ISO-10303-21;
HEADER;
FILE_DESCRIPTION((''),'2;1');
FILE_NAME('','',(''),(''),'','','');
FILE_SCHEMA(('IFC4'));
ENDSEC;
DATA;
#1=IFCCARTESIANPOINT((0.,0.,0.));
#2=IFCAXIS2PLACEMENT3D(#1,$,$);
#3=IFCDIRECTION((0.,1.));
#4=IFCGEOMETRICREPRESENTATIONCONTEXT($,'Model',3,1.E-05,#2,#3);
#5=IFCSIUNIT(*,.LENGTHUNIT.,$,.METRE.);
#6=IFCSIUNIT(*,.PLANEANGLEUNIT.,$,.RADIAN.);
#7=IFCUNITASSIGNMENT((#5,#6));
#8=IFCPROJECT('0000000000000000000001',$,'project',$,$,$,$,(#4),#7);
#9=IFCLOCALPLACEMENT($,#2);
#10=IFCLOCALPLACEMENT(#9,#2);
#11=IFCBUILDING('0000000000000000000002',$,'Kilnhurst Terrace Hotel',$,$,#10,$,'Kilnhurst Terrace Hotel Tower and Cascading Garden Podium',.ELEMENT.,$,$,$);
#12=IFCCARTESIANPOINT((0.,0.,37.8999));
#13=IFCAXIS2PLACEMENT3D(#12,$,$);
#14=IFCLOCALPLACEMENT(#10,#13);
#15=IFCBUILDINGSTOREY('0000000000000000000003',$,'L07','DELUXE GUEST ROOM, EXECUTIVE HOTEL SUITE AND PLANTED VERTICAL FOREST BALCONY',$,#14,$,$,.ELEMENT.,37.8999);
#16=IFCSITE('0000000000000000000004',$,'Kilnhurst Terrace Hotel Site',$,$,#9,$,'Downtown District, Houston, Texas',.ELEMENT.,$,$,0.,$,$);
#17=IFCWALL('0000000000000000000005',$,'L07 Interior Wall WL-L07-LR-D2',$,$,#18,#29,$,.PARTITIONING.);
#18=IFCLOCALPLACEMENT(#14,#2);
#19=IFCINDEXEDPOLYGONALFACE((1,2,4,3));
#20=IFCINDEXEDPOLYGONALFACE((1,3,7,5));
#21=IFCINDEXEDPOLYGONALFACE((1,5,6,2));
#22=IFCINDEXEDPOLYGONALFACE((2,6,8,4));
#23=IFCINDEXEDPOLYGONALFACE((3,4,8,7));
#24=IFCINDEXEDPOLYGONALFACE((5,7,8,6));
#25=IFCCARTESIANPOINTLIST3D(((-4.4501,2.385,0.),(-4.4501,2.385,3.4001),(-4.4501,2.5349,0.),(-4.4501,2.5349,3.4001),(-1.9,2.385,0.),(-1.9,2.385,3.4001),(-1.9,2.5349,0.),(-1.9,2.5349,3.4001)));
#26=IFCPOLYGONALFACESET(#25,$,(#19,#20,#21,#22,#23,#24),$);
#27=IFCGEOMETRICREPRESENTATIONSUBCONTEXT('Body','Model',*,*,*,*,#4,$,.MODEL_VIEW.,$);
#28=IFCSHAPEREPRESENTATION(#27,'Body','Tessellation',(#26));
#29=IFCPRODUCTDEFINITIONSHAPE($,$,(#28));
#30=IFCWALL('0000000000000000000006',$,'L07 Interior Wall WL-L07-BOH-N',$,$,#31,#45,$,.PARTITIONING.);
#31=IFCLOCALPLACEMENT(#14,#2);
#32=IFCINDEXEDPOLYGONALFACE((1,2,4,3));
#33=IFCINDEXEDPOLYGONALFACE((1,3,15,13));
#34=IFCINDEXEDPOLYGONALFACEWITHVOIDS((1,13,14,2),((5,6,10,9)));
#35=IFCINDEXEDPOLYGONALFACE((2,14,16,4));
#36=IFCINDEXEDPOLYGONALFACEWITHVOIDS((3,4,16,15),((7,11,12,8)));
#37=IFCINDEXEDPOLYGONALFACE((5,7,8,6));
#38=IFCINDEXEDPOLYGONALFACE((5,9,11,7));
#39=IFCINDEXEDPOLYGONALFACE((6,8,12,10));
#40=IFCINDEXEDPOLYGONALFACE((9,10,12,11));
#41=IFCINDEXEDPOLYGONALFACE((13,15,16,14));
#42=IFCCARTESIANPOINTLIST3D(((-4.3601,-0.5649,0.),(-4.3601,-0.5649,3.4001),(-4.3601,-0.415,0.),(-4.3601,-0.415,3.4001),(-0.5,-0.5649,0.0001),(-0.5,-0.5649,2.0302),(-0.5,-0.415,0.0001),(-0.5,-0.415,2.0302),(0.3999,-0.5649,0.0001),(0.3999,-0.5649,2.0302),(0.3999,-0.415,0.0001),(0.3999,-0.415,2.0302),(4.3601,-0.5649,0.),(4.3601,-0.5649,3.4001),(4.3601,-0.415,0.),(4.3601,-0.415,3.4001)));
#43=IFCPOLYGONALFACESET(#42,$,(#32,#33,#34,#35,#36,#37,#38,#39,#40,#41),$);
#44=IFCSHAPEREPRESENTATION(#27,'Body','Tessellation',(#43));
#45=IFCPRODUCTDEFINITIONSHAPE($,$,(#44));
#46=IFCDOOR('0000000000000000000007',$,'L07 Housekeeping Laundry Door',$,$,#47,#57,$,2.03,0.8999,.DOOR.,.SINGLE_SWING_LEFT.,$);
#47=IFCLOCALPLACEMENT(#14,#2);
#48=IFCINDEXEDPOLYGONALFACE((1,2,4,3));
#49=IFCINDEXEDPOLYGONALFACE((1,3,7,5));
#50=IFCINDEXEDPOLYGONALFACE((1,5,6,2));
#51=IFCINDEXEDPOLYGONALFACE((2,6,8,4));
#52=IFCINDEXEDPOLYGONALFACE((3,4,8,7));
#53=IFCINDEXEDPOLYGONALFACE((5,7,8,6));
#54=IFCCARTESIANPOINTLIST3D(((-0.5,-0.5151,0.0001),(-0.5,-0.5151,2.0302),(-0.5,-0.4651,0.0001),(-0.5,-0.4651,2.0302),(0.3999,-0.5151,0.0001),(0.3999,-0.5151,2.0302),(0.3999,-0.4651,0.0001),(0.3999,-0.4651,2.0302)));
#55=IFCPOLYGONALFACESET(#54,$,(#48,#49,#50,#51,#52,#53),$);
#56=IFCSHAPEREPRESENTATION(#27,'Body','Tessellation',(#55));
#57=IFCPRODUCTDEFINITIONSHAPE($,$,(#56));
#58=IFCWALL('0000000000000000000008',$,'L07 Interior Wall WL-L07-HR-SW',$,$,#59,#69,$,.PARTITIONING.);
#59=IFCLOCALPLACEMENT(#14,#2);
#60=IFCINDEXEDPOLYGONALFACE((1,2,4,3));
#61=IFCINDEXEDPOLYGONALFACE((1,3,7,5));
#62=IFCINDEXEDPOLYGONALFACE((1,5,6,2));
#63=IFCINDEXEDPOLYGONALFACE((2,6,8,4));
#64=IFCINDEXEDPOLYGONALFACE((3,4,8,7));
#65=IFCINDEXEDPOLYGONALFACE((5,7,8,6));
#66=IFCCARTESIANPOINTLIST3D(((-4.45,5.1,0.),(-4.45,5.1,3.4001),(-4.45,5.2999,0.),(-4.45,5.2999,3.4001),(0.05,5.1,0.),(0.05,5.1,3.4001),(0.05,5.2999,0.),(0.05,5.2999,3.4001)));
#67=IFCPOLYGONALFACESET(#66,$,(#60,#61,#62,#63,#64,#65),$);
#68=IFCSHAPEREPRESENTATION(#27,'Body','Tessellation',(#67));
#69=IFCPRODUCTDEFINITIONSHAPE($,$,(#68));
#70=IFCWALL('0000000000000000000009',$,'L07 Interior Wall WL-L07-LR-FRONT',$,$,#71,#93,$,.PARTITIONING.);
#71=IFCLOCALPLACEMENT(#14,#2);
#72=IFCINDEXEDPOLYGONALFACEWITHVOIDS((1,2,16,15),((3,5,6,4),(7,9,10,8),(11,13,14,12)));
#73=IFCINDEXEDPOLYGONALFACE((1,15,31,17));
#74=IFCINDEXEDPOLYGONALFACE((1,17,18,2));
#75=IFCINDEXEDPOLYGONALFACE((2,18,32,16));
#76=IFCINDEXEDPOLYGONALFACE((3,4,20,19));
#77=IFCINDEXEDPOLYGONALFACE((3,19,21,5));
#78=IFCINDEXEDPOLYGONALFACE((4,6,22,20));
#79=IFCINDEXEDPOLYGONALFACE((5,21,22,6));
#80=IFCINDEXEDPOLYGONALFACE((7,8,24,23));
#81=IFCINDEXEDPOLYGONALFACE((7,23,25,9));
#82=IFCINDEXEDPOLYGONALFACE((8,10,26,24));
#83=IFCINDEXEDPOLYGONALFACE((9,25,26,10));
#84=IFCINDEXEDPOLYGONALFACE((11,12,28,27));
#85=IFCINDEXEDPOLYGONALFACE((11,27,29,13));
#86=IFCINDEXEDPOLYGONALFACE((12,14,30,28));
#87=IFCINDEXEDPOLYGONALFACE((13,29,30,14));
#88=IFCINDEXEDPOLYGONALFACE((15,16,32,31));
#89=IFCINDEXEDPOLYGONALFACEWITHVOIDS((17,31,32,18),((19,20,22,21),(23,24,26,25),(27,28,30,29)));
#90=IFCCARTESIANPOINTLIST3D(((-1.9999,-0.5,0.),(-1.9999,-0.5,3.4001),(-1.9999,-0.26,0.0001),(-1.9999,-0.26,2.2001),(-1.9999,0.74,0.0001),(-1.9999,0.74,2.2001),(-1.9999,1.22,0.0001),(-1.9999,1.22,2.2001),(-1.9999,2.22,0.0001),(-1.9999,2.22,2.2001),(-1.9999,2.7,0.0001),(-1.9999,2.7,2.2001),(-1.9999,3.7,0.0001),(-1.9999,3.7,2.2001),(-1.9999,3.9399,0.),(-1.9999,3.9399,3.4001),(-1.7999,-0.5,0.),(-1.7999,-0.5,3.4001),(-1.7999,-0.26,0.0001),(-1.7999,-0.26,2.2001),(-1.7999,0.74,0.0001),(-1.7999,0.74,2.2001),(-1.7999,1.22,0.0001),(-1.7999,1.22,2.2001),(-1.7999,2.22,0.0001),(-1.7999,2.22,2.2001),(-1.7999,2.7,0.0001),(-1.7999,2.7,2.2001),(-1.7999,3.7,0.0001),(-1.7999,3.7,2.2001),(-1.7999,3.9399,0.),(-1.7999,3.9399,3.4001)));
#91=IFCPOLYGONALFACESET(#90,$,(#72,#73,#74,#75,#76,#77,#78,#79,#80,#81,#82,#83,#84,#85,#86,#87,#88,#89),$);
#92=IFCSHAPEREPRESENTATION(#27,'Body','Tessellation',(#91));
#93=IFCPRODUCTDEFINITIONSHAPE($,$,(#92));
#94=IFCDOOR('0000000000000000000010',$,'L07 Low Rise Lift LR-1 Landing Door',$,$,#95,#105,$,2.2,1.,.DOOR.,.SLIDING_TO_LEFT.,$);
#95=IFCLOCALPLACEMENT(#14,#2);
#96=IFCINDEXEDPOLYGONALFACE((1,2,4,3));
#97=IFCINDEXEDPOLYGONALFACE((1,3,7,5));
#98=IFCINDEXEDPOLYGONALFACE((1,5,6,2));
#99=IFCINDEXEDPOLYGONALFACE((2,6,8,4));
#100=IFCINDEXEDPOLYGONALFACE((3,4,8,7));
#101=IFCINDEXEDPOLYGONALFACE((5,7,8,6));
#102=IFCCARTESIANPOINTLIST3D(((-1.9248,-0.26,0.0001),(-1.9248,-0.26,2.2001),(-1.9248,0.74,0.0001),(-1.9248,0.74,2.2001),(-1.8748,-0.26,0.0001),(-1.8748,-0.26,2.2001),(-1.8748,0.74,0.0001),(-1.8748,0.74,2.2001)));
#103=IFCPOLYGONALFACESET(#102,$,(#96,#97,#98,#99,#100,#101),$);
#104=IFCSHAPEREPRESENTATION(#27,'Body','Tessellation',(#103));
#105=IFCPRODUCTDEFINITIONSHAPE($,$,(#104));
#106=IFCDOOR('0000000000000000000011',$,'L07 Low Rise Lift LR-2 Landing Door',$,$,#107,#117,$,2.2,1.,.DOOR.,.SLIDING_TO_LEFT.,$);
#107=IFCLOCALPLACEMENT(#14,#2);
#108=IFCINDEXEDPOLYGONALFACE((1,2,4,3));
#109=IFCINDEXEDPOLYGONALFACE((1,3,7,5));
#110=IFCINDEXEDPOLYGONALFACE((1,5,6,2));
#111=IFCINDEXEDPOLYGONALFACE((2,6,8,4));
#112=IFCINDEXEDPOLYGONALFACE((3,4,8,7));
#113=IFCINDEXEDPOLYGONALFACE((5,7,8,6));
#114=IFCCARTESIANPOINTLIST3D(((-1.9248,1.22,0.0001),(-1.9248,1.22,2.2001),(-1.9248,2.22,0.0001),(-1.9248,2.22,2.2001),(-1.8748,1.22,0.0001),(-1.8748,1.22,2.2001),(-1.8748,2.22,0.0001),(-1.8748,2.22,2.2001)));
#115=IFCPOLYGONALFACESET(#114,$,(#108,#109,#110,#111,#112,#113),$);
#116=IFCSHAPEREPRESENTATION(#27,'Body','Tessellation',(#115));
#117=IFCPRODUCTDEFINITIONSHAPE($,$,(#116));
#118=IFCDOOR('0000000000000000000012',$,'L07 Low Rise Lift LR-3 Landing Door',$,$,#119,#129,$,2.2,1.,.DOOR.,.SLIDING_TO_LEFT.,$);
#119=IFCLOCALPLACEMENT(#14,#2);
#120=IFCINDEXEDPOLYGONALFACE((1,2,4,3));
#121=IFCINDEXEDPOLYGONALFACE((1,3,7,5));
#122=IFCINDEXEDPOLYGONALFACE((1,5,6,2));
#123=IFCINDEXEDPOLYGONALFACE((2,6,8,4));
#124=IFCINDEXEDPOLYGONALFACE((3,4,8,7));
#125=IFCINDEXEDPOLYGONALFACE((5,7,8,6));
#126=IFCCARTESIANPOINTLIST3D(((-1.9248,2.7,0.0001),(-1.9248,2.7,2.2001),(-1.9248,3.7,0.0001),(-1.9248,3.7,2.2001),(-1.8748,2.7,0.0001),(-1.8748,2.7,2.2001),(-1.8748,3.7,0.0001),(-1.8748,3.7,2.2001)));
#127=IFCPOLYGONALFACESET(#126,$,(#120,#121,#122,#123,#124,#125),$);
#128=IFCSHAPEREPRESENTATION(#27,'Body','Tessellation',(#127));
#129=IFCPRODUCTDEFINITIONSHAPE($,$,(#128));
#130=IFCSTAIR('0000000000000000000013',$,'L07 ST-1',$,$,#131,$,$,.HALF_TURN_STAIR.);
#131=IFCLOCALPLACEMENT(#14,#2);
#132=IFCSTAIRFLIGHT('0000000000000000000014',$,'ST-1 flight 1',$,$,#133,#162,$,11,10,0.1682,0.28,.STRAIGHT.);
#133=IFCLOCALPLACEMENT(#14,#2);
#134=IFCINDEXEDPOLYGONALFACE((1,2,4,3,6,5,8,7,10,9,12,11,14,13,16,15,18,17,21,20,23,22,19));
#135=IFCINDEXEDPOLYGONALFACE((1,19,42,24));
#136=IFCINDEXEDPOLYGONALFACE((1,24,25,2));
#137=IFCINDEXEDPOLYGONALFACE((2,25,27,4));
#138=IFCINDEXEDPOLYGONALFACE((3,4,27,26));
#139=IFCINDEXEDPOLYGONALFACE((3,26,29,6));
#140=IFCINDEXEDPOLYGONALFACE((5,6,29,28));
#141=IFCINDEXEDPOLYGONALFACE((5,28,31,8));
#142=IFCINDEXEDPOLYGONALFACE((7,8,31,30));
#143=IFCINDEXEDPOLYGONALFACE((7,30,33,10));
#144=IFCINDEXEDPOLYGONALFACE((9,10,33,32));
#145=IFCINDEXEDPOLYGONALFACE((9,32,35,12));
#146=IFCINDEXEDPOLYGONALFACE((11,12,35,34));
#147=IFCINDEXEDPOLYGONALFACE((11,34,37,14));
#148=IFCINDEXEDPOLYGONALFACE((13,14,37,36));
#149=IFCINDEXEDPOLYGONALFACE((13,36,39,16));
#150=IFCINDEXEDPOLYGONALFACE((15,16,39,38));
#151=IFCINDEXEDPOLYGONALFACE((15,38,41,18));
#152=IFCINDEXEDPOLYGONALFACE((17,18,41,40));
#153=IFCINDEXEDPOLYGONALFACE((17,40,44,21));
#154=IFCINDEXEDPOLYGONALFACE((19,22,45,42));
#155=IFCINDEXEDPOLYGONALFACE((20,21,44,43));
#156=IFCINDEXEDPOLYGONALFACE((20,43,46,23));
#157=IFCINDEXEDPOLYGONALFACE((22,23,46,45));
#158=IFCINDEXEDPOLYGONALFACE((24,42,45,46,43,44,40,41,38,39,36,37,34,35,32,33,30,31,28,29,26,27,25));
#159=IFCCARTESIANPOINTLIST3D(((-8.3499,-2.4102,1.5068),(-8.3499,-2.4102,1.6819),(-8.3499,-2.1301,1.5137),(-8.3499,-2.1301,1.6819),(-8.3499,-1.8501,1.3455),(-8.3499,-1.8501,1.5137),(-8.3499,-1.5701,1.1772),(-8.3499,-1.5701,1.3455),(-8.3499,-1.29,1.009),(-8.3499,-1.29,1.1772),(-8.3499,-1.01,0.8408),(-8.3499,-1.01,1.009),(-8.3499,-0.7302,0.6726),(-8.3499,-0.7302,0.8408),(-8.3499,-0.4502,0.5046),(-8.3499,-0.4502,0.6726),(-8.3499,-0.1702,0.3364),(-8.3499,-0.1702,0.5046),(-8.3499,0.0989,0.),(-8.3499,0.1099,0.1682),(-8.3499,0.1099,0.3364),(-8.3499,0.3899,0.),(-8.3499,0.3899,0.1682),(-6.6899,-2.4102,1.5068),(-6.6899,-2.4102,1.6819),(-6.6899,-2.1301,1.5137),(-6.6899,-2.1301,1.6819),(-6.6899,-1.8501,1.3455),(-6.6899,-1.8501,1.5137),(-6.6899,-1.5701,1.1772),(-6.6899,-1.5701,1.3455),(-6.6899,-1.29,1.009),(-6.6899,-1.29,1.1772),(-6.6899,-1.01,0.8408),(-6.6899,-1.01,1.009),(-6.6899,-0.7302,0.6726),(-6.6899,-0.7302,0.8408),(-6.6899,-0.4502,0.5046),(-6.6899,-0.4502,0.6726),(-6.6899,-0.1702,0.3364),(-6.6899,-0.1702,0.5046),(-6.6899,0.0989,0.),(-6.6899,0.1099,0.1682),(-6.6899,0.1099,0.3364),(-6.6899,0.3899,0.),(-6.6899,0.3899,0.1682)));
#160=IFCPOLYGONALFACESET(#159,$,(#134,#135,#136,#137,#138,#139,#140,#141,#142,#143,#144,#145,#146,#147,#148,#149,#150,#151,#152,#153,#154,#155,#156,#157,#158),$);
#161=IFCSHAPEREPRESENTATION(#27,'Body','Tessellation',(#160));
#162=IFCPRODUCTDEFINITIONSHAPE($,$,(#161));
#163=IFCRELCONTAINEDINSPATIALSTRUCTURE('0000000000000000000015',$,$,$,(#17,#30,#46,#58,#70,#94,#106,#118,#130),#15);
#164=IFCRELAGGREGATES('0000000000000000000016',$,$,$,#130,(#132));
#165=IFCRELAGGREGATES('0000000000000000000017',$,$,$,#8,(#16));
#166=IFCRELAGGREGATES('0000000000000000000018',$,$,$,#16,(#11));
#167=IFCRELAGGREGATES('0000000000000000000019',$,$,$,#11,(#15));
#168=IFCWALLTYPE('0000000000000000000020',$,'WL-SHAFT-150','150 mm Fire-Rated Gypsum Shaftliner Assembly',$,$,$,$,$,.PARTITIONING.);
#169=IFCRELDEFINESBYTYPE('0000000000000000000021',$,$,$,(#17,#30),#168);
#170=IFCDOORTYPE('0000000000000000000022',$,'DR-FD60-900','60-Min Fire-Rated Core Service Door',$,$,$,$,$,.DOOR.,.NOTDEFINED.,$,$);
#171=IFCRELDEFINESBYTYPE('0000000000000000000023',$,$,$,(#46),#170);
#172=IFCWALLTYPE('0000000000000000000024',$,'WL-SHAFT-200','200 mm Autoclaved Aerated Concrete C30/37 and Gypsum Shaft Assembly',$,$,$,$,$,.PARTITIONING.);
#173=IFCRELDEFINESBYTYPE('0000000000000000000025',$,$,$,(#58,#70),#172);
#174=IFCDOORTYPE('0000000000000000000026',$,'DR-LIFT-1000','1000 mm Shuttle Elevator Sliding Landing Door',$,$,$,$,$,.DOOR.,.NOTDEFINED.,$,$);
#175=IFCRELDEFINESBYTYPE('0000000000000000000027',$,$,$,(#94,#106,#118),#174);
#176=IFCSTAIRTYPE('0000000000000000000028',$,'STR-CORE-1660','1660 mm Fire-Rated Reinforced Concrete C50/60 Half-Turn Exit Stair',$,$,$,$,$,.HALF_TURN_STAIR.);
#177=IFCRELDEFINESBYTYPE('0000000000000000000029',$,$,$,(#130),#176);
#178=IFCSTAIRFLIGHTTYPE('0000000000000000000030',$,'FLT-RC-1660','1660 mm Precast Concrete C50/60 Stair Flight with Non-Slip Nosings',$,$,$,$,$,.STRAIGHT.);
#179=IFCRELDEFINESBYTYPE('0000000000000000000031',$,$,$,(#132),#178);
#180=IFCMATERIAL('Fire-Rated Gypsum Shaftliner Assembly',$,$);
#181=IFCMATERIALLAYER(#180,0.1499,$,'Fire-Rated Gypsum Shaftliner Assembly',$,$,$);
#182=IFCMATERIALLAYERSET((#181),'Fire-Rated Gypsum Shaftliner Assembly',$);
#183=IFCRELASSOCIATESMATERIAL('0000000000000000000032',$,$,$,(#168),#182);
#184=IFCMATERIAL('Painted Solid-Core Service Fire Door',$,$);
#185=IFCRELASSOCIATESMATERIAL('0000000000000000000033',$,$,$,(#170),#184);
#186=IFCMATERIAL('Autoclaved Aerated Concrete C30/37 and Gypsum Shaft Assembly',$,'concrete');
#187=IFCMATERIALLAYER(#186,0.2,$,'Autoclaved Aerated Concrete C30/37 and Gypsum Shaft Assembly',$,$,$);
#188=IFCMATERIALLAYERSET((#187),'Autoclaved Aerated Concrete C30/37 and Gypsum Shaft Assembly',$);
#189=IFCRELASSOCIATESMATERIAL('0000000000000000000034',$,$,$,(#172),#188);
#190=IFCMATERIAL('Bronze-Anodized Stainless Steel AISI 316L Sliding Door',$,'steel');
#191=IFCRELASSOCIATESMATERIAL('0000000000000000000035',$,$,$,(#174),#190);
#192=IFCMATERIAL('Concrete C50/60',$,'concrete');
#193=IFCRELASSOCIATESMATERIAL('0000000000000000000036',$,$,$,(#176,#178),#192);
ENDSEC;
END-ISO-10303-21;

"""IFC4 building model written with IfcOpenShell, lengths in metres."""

from ifc_helpers import new_model, si_unit, direction, frame, frame_2d, origin, place, context, subcontext, project, spatial, polyline, rectangle, outline, extrude, material, layer, layer_set, type_object, element, fill, aggregate, save


model = new_model("IFC4")

# Units and contexts
model_context = context("Model", 3, precision=1e-05, world=origin(), true_north=direction((0.0, 1.0)))
body_context = subcontext(model_context, "Body", "Model", "MODEL_VIEW")
ifc_project = project(units=[si_unit("LENGTHUNIT", "METRE"), si_unit("PLANEANGLEUNIT", "RADIAN")], contexts=[model_context])

# Site, building, storey
site_placement = place(None, origin())
site = spatial("IfcSite", under=ifc_project, at=site_placement, Name="Kilnhurst Terrace Hotel Site", LongName="Downtown District, Houston, Texas", CompositionType="ELEMENT", RefElevation=0.0)
building_placement = place(site_placement, origin())
building = spatial("IfcBuilding", under=site, at=building_placement, Name="Kilnhurst Terrace Hotel", LongName="Kilnhurst Terrace Hotel Tower and Cascading Garden Podium", CompositionType="ELEMENT")
storey_placement = place(building_placement, frame((0.0, 0.0, 37.8999)))
storey = spatial("IfcBuildingStorey", under=building, at=storey_placement, Name="L07", Description="DELUXE GUEST ROOM, EXECUTIVE HOTEL SUITE AND PLANTED VERTICAL FOREST BALCONY", CompositionType="ELEMENT", Elevation=37.8999)

# Shared definitions
ifc_material_1 = material(Name="Concrete C50/60", Category="concrete")

# Wall
ifc_material_2 = material(Name="Fire-Rated Gypsum Shaftliner Assembly")
ifc_layer_1 = layer(ifc_material_2, 0.1499, Name="Fire-Rated Gypsum Shaftliner Assembly")
ifc_layer_set_1 = layer_set([ifc_layer_1], Name="Fire-Rated Gypsum Shaftliner Assembly")
wall_type_1 = type_object("IfcWallType", Name="WL-SHAFT-150", Description="150 mm Fire-Rated Gypsum Shaftliner Assembly", PredefinedType="PARTITIONING", material=ifc_layer_set_1)
for number, where, z_axis, x_axis, name in (
    (1, (-4.45, 2.46, 0.0), (0.0, 0.0, 1.0), (1.0, 0.0, 0.0), "L07 Interior Wall WL-L07-LR-D2"),
):
    element("IfcWall", number, at=place(storey_placement, frame(where, z_axis=z_axis, x_axis=x_axis)), inside=storey, type_object=wall_type_1, Name=name, PredefinedType="PARTITIONING", context=body_context, shape_type="SweptSolid", body=[
        extrude(rectangle(XDim=2.55, YDim=0.1499, at=frame_2d((1.2749, 0.0))), origin(), (0.0, 0.0, 1.0), 3.4001),
    ])

# Wall, opening, door
wall_1_placement = place(storey_placement, frame((-4.3601, -0.49, 0.0), z_axis=(0.0, 0.0, 1.0), x_axis=(1.0, 0.0, 0.0)))
wall_1 = element("IfcWall", 2, at=wall_1_placement, inside=storey, type_object=wall_type_1, Name="L07 Interior Wall WL-L07-BOH-N", PredefinedType="PARTITIONING", context=body_context, shape_type="SweptSolid", body=[
    extrude(rectangle(XDim=8.7202, YDim=0.1499, at=frame_2d((4.3601, 0.0))), origin(), (0.0, 0.0, 1.0), 3.4001),
])
opening_1_placement = place(wall_1_placement, frame((3.8601, 0.0, 0.0)))
opening_1 = element("IfcOpeningElement", 3, at=opening_1_placement, cuts=wall_1, PredefinedType="OPENING", context=body_context, shape_type="SweptSolid", body=[
    extrude(rectangle(XDim=0.8999, YDim=2.03, at=frame_2d((0.45, 1.0151))), frame((0.0, 0.085, 0.0), z_axis=(0.0, -1.0, 0.0), x_axis=(1.0, 0.0, 0.0)), (0.0, 0.0, 1.0), 0.1699),
])
ifc_material_3 = material(Name="Painted Solid-Core Service Fire Door")
door_type_1 = type_object("IfcDoorType", Name="DR-FD60-900", Description="60-Min Fire-Rated Core Service Door", OperationType="NOTDEFINED", PredefinedType="DOOR", material=ifc_material_3)
door_1_placement = place(opening_1_placement, origin())
door_1 = element("IfcDoor", 4, at=door_1_placement, inside=storey, type_object=door_type_1, Name="L07 Housekeeping Laundry Door", OperationType="SINGLE_SWING_LEFT", OverallHeight=2.03, OverallWidth=0.8999, PredefinedType="DOOR", context=body_context, shape_type="SweptSolid", body=[
    extrude(rectangle(XDim=0.8999, YDim=2.03, at=frame_2d((0.45, 1.0151))), frame((0.0, 0.0249, 0.0), z_axis=(0.0, -1.0, 0.0), x_axis=(1.0, 0.0, 0.0)), (0.0, 0.0, 1.0), 0.05),
])
fill(opening_1, door_1)

# Wall
ifc_material_4 = material(Name="Autoclaved Aerated Concrete C30/37 and Gypsum Shaft Assembly", Category="concrete")
ifc_layer_2 = layer(ifc_material_4, 0.2, Name="Autoclaved Aerated Concrete C30/37 and Gypsum Shaft Assembly")
ifc_layer_set_2 = layer_set([ifc_layer_2], Name="Autoclaved Aerated Concrete C30/37 and Gypsum Shaft Assembly")
wall_type_2 = type_object("IfcWallType", Name="WL-SHAFT-200", Description="200 mm Autoclaved Aerated Concrete C30/37 and Gypsum Shaft Assembly", PredefinedType="PARTITIONING", material=ifc_layer_set_2)
wall_2_placement = place(storey_placement, frame((-4.45, 5.2, 0.0), z_axis=(0.0, 0.0, 1.0), x_axis=(1.0, 0.0, 0.0)))
element("IfcWall", 5, at=wall_2_placement, inside=storey, type_object=wall_type_2, Name="L07 Interior Wall WL-L07-HR-SW", PredefinedType="PARTITIONING", context=body_context, shape_type="SweptSolid", body=[
    extrude(rectangle(XDim=4.5, YDim=0.2, at=frame_2d((2.25, 0.0))), origin(), (0.0, 0.0, 1.0), 3.4001),
])

# Wall, openings, doors
wall_3_placement = place(storey_placement, frame((-1.8999, -0.5, 0.0), z_axis=(0.0, 0.0, 1.0), x_axis=(0.0, 1.0, 0.0)))
wall_3 = element("IfcWall", 6, at=wall_3_placement, inside=storey, type_object=wall_type_2, Name="L07 Interior Wall WL-L07-LR-FRONT", PredefinedType="PARTITIONING", context=body_context, shape_type="SweptSolid", body=[
    extrude(rectangle(XDim=4.4399, YDim=0.2, at=frame_2d((2.22, 0.0))), origin(), (0.0, 0.0, 1.0), 3.4001),
])
opening_2_placement = place(wall_3_placement, frame((0.24, 0.0, 0.0)))
opening_2 = element("IfcOpeningElement", 7, at=opening_2_placement, cuts=wall_3, PredefinedType="OPENING", context=body_context, shape_type="SweptSolid", body=[
    extrude(rectangle(XDim=1.0, YDim=2.2, at=frame_2d((0.5, 1.1001))), frame((0.0, 0.1099, 0.0), z_axis=(0.0, -1.0, 0.0), x_axis=(1.0, 0.0, 0.0)), (0.0, 0.0, 1.0), 0.22),
])
opening_3_placement = place(wall_3_placement, frame((1.72, 0.0, 0.0)))
opening_3 = element("IfcOpeningElement", 8, at=opening_3_placement, cuts=wall_3, PredefinedType="OPENING", context=body_context, shape_type="SweptSolid", body=[
    extrude(rectangle(XDim=1.0, YDim=2.2, at=frame_2d((0.5, 1.1001))), frame((0.0, 0.1099, 0.0), z_axis=(0.0, -1.0, 0.0), x_axis=(1.0, 0.0, 0.0)), (0.0, 0.0, 1.0), 0.22),
])
opening_4_placement = place(wall_3_placement, frame((3.2, 0.0, 0.0)))
opening_4 = element("IfcOpeningElement", 9, at=opening_4_placement, cuts=wall_3, PredefinedType="OPENING", context=body_context, shape_type="SweptSolid", body=[
    extrude(rectangle(XDim=1.0, YDim=2.2, at=frame_2d((0.5, 1.1001))), frame((0.0, 0.1099, 0.0), z_axis=(0.0, -1.0, 0.0), x_axis=(1.0, 0.0, 0.0)), (0.0, 0.0, 1.0), 0.22),
])
ifc_material_5 = material(Name="Bronze-Anodized Stainless Steel AISI 316L Sliding Door", Category="steel")
door_type_2 = type_object("IfcDoorType", Name="DR-LIFT-1000", Description="1000 mm Shuttle Elevator Sliding Landing Door", OperationType="NOTDEFINED", PredefinedType="DOOR", material=ifc_material_5)
door_2_placement = place(opening_2_placement, origin())
door_2 = element("IfcDoor", 10, at=door_2_placement, inside=storey, type_object=door_type_2, Name="L07 Low Rise Lift LR-1 Landing Door", OperationType="SLIDING_TO_LEFT", OverallHeight=2.2, OverallWidth=1.0, PredefinedType="DOOR", context=body_context, shape_type="SweptSolid", body=[
    extrude(rectangle(XDim=1.0, YDim=2.2, at=frame_2d((0.5, 1.1001))), frame((0.0, 0.0249, 0.0), z_axis=(0.0, -1.0, 0.0), x_axis=(1.0, 0.0, 0.0)), (0.0, 0.0, 1.0), 0.05),
])
fill(opening_2, door_2)
door_3_placement = place(opening_3_placement, origin())
door_3 = element("IfcDoor", 11, at=door_3_placement, inside=storey, type_object=door_type_2, Name="L07 Low Rise Lift LR-2 Landing Door", OperationType="SLIDING_TO_LEFT", OverallHeight=2.2, OverallWidth=1.0, PredefinedType="DOOR", context=body_context, shape_type="SweptSolid", body=[
    extrude(rectangle(XDim=1.0, YDim=2.2, at=frame_2d((0.5, 1.1001))), frame((0.0, 0.0249, 0.0), z_axis=(0.0, -1.0, 0.0), x_axis=(1.0, 0.0, 0.0)), (0.0, 0.0, 1.0), 0.05),
])
fill(opening_3, door_3)
door_4_placement = place(opening_4_placement, origin())
door_4 = element("IfcDoor", 12, at=door_4_placement, inside=storey, type_object=door_type_2, Name="L07 Low Rise Lift LR-3 Landing Door", OperationType="SLIDING_TO_LEFT", OverallHeight=2.2, OverallWidth=1.0, PredefinedType="DOOR", context=body_context, shape_type="SweptSolid", body=[
    extrude(rectangle(XDim=1.0, YDim=2.2, at=frame_2d((0.5, 1.1001))), frame((0.0, 0.0249, 0.0), z_axis=(0.0, -1.0, 0.0), x_axis=(1.0, 0.0, 0.0)), (0.0, 0.0, 1.0), 0.05),
])
fill(opening_4, door_4)

# Stair, stair flight
stair_type = type_object("IfcStairType", Name="STR-CORE-1660", Description="1660 mm Fire-Rated Reinforced Concrete C50/60 Half-Turn Exit Stair", PredefinedType="HALF_TURN_STAIR", material=ifc_material_1)
stair_placement = place(storey_placement, origin())
stair = element("IfcStair", 13, at=stair_placement, inside=storey, type_object=stair_type, Name="L07 ST-1", PredefinedType="HALF_TURN_STAIR")
stair_flight_type = type_object("IfcStairFlightType", Name="FLT-RC-1660", Description="1660 mm Precast Concrete C50/60 Stair Flight with Non-Slip Nosings", PredefinedType="STRAIGHT", material=ifc_material_1)
stair_flight_placement = place(storey_placement, frame((-7.52, 0.3899, 0.0), z_axis=(0.0, 0.0, 1.0), x_axis=(0.0, -1.0, 0.0)))
stair_flight = element("IfcStairFlight", 14, at=stair_flight_placement, type_object=stair_flight_type, Name="ST-1 flight 1", NumberOfRisers=11, NumberOfTreads=10, PredefinedType="STRAIGHT", RiserHeight=0.1682, TreadLength=0.28, context=body_context, shape_type="SweptSolid", body=[
    extrude(outline(polyline([(0.0, 0.0), (0.0, 0.1682), (0.28, 0.1682), (0.28, 0.3364), (0.5601, 0.3364), (0.5601, 0.5046), (0.8401, 0.5046), (0.8401, 0.6726), (1.1201, 0.6726), (1.1201, 0.8408), (1.3999, 0.8408), (1.3999, 1.009), (1.6799, 1.009), (1.6799, 1.1772), (1.96, 1.1772), (1.96, 1.3455), (2.24, 1.3455), (2.24, 1.5137), (2.52, 1.5137), (2.52, 1.6819), (2.8, 1.6819), (2.8, 1.8501), (2.8, 1.5068), (0.291, 0.0), (0.0, 0.0)])), frame((0.0, 0.8301, 0.0), z_axis=(0.0, -1.0, 0.0), x_axis=(1.0, 0.0, 0.0)), (0.0, 0.0, 1.0), 1.6599),
])
aggregate(stair, [stair_flight])

save(model, "model.ifc")
